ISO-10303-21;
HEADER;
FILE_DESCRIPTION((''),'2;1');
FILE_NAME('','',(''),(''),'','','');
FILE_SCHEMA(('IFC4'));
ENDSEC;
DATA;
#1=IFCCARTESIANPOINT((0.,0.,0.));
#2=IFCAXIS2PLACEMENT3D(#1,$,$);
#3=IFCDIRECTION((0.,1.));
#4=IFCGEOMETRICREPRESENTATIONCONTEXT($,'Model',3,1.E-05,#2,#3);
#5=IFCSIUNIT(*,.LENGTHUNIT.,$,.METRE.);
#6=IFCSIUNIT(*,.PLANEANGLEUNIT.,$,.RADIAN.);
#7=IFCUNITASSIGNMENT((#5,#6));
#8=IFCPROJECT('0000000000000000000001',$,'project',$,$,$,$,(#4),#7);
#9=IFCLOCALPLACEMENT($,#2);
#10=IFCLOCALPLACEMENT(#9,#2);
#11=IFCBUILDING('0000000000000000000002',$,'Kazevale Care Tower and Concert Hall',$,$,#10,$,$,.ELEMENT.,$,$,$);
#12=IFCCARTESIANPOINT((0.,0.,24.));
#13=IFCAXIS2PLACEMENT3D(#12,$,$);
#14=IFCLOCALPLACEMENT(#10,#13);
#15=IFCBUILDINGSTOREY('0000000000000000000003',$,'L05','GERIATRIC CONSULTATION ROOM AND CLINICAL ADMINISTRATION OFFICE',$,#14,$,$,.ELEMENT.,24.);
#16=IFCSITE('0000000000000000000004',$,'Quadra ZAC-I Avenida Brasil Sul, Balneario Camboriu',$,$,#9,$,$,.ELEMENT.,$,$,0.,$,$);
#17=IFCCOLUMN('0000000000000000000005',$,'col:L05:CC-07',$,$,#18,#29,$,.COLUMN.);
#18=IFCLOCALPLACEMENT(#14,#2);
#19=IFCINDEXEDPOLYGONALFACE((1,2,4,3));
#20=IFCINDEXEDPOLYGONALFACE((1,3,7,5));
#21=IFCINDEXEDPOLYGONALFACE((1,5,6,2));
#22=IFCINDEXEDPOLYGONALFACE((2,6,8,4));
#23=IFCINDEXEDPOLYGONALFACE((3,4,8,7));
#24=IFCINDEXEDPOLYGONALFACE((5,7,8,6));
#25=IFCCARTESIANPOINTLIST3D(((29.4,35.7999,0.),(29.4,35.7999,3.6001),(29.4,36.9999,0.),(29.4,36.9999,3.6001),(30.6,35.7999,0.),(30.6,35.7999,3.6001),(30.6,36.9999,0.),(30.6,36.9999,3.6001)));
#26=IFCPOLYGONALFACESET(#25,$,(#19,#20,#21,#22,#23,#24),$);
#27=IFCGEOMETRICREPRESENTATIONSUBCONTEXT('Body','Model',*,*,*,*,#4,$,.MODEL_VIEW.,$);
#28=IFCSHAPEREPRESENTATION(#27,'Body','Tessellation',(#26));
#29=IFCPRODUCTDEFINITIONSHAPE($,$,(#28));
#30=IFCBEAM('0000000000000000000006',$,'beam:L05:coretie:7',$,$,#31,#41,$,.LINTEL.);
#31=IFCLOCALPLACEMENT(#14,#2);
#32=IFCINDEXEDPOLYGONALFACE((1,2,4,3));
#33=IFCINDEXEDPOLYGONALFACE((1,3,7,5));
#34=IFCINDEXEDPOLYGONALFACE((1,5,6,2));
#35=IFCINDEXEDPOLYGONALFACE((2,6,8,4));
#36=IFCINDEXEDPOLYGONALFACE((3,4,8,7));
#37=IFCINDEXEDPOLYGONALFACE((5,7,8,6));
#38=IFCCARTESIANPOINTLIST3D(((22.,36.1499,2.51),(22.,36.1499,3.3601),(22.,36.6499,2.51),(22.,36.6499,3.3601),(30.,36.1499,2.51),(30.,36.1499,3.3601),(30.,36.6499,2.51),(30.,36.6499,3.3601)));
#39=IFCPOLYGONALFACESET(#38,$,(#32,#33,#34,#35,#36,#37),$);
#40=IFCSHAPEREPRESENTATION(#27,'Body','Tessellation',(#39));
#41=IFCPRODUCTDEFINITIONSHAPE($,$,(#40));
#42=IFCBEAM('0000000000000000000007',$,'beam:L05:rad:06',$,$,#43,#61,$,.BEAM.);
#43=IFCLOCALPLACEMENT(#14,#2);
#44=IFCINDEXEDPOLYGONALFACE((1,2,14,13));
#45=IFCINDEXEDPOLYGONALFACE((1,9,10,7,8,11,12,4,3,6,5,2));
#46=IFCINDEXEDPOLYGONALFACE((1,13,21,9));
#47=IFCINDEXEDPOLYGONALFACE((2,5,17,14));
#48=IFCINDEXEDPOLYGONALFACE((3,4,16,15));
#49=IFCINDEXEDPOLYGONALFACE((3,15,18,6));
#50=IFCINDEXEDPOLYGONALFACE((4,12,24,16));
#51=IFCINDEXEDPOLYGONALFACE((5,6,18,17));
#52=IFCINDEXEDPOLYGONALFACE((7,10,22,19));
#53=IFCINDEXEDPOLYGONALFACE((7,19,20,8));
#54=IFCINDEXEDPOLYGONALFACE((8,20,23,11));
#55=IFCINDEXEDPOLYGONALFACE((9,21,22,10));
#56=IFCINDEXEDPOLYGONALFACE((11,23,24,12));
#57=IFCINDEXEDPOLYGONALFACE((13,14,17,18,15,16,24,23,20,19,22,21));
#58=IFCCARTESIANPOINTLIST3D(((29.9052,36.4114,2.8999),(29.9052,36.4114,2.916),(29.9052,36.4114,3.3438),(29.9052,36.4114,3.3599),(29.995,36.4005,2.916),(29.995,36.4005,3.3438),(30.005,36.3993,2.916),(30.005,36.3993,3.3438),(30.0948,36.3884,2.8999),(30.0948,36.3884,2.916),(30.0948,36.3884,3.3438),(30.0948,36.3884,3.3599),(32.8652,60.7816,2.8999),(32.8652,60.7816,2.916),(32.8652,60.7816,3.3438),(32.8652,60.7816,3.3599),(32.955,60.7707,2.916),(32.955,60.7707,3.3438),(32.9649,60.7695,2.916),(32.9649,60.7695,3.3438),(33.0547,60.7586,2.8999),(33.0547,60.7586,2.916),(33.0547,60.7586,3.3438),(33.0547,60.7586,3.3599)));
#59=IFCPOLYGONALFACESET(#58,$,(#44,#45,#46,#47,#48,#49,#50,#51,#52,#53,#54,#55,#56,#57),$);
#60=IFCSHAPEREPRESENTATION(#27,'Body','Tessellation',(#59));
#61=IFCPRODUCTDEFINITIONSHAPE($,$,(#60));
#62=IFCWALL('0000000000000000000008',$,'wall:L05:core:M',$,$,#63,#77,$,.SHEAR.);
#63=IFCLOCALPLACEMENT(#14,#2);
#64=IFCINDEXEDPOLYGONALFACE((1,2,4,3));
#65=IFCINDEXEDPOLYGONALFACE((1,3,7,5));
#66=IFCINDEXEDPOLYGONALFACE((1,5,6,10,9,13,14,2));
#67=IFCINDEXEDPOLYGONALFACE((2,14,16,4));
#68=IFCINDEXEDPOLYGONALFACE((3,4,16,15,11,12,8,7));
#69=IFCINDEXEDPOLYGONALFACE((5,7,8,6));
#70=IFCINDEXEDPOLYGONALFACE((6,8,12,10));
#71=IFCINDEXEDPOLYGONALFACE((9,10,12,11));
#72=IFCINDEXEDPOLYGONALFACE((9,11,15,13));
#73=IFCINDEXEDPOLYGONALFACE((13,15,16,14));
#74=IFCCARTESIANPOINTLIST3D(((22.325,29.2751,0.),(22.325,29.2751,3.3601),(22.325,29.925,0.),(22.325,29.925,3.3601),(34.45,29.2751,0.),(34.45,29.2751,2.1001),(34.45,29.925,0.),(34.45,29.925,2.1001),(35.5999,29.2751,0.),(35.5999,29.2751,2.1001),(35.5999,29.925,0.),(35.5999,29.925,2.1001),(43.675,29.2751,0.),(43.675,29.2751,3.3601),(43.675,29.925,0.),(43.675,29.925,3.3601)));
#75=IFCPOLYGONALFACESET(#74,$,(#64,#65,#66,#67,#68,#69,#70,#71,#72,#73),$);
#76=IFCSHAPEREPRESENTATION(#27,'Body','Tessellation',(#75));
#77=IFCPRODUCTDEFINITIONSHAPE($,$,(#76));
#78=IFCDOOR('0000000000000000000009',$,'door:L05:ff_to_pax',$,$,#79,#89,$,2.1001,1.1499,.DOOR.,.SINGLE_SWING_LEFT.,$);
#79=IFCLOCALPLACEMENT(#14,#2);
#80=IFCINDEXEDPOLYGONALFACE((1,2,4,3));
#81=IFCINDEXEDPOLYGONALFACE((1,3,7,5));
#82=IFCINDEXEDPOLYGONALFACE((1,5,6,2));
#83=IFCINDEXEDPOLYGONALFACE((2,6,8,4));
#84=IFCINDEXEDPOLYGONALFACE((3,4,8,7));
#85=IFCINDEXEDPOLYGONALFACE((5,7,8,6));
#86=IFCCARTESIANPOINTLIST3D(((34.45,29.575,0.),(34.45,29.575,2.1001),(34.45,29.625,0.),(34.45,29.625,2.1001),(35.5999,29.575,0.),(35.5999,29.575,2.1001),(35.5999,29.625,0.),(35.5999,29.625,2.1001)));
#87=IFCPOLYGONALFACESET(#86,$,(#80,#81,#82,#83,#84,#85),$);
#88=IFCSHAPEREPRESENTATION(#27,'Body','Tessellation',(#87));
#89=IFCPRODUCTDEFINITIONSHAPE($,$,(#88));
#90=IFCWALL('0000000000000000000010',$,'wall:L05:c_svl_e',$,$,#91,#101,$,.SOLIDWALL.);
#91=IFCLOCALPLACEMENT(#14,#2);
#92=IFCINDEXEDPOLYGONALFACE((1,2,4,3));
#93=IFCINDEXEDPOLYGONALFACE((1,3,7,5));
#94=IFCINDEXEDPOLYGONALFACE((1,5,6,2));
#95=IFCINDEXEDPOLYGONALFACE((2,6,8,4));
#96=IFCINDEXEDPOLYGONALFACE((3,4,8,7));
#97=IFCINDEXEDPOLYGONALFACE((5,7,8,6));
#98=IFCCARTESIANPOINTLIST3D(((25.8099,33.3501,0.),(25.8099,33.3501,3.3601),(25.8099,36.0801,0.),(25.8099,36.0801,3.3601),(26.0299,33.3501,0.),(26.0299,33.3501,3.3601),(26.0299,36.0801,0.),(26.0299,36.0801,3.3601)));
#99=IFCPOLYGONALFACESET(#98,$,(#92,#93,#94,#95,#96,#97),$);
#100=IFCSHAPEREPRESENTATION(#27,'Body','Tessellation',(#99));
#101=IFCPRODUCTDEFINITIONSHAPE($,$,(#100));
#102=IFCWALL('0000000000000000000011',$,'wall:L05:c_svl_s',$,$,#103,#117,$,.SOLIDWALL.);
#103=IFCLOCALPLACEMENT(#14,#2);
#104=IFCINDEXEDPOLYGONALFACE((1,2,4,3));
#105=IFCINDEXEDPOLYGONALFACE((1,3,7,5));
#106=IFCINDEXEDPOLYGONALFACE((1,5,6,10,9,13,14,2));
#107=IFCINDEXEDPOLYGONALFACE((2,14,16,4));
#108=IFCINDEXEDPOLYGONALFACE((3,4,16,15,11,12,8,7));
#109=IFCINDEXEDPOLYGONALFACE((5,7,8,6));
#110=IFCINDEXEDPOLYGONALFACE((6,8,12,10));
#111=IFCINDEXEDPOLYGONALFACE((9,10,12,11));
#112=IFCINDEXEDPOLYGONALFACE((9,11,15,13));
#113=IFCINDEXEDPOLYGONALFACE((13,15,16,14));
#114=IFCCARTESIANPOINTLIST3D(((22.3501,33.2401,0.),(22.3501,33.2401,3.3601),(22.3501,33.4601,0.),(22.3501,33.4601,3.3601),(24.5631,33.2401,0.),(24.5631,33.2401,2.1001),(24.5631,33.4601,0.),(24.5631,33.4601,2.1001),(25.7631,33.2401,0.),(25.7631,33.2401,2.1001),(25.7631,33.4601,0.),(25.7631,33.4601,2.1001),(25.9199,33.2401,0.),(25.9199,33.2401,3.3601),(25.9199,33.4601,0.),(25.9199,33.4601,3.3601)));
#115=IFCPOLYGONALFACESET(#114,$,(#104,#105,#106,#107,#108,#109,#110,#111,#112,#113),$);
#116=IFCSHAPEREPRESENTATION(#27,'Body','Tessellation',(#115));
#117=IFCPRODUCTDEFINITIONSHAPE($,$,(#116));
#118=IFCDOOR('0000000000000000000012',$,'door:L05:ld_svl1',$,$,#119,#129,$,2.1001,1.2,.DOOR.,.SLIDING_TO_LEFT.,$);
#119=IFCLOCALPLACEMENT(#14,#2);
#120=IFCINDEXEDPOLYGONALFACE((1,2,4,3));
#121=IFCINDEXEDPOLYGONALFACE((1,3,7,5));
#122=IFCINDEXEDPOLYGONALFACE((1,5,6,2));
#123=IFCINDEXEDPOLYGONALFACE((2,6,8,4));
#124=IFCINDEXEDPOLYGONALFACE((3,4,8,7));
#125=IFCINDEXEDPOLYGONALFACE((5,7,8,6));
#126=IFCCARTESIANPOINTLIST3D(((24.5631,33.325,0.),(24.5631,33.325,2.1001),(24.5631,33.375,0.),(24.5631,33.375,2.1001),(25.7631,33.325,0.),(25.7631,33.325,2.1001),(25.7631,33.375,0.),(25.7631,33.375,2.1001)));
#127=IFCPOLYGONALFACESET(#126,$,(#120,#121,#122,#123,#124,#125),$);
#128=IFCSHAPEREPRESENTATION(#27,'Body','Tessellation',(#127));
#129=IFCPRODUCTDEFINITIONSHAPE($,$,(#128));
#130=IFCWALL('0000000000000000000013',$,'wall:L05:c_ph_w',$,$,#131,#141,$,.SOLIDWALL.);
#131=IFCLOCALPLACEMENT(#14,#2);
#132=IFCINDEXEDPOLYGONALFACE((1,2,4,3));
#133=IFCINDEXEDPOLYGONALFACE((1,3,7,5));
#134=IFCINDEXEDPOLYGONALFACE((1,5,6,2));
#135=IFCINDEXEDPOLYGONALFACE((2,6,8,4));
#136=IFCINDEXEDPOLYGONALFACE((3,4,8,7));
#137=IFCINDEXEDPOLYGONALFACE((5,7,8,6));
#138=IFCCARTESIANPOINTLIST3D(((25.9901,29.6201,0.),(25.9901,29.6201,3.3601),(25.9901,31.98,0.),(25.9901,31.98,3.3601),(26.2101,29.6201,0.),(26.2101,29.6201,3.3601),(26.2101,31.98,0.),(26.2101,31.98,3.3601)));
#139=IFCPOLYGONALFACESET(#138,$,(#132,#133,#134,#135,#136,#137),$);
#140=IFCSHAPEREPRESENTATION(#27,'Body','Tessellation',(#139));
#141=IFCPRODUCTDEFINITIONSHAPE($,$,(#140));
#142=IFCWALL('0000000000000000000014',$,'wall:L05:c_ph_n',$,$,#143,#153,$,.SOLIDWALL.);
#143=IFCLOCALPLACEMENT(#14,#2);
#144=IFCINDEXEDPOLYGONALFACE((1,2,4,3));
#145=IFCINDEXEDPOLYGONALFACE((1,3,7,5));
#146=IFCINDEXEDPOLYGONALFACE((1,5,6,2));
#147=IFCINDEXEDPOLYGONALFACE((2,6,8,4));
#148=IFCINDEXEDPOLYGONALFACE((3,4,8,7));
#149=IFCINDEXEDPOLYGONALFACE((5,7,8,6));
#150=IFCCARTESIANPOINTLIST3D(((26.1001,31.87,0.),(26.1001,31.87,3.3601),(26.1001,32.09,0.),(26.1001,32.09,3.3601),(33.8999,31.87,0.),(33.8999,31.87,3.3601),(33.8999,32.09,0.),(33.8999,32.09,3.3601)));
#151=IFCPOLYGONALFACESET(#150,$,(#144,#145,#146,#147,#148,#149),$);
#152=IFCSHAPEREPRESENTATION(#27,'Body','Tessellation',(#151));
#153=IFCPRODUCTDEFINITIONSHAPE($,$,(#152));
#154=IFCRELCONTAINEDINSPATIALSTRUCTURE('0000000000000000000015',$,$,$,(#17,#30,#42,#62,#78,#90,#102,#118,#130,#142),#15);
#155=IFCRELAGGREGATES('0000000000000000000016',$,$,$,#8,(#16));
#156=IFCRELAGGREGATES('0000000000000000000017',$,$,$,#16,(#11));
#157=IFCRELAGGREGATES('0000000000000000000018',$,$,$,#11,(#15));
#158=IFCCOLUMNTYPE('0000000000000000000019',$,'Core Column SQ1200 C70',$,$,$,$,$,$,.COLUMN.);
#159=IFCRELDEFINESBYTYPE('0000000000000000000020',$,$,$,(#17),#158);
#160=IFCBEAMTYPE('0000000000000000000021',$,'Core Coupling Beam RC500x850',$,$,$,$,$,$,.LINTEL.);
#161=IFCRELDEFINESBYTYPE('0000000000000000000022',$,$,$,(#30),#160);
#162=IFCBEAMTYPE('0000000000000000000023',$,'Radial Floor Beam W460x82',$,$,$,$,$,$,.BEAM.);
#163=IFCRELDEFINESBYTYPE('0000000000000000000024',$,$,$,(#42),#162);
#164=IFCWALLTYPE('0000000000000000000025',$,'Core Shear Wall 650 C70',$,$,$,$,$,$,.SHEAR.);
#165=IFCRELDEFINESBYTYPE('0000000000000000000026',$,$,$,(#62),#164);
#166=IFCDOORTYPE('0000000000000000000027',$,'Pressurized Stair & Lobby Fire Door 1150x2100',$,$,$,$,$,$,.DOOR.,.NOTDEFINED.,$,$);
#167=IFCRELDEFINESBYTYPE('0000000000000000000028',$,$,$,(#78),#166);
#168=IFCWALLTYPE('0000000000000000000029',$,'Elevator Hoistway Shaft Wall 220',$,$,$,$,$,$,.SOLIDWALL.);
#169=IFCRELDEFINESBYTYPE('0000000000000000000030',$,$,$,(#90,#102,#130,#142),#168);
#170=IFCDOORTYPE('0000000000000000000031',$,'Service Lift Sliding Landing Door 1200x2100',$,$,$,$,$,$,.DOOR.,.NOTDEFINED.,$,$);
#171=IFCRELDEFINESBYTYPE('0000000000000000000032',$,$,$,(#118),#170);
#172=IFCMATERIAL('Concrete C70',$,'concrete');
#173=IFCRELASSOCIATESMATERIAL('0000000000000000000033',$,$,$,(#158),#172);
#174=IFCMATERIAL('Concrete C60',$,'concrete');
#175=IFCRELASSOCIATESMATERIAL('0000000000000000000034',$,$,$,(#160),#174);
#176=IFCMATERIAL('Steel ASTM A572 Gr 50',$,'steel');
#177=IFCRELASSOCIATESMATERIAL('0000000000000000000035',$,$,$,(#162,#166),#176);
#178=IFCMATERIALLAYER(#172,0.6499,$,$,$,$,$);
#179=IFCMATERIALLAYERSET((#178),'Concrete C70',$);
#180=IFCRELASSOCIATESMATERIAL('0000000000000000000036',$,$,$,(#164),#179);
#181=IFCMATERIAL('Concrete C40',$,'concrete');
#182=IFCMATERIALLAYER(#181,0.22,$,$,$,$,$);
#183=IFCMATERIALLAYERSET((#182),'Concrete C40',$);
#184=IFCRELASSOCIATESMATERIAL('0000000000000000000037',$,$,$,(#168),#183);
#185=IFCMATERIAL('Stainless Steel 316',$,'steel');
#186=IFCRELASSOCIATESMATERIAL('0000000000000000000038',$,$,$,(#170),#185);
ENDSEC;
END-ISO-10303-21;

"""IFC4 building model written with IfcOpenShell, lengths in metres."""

from ifc_helpers import new_model, si_unit, direction, frame, frame_2d, origin, origin_2d, place, context, subcontext, project, spatial, rectangle, i_section, extrude, material, layer, layer_set, material_profile, profile_set, type_object, element, fill, save


model = new_model("IFC4")

# Units and contexts
model_context = context("Model", 3, precision=1e-05, world=origin(), true_north=direction((0.0, 1.0)))
body_context = subcontext(model_context, "Body", "Model", "MODEL_VIEW")
ifc_project = project(units=[si_unit("LENGTHUNIT", "METRE"), si_unit("PLANEANGLEUNIT", "RADIAN")], contexts=[model_context])

# Site, building, storey
site_placement = place(None, origin())
site = spatial("IfcSite", under=ifc_project, at=site_placement, Name="Quadra ZAC-I Avenida Brasil Sul, Balneario Camboriu", CompositionType="ELEMENT", RefElevation=0.0)
building_placement = place(site_placement, origin())
building = spatial("IfcBuilding", under=site, at=building_placement, Name="Kazevale Care Tower and Concert Hall", CompositionType="ELEMENT")
storey_placement = place(building_placement, frame((0.0, 0.0, 24.0)))
storey = spatial("IfcBuildingStorey", under=building, at=storey_placement, Name="L05", Description="GERIATRIC CONSULTATION ROOM AND CLINICAL ADMINISTRATION OFFICE", CompositionType="ELEMENT", Elevation=24.0)

# Column
ifc_material_1 = material(Name="Concrete C70", Category="concrete")
ifc_material_profile_1 = material_profile(ifc_material_1, rectangle(XDim=1.2, YDim=1.2, at=origin_2d()), Name="RC-SQ1200")
ifc_profile_set_1 = profile_set([ifc_material_profile_1], Name="Concrete C70")
column_type = type_object("IfcColumnType", Name="Core Column SQ1200 C70", PredefinedType="COLUMN", material=ifc_profile_set_1)
column_placement = place(storey_placement, frame((30.0, 36.3999, 0.0), z_axis=(0.0, 0.0, 1.0), x_axis=(1.0, 0.0, 0.0)))
element("IfcColumn", 1, at=column_placement, inside=storey, type_object=column_type, Name="col:L05:CC-07", PredefinedType="COLUMN", context=body_context, shape_type="SweptSolid", body=[
    extrude(rectangle(XDim=1.2, YDim=1.2, at=origin_2d()), origin(), (0.0, 0.0, 1.0), 3.6001),
])

# Beams
ifc_material_2 = material(Name="Concrete C60", Category="concrete")
ifc_material_profile_2 = material_profile(ifc_material_2, rectangle(XDim=0.5, YDim=0.8501, at=origin_2d()), Name="RC-B500x850")
ifc_profile_set_2 = profile_set([ifc_material_profile_2], Name="Concrete C60")
beam_type_1 = type_object("IfcBeamType", Name="Core Coupling Beam RC500x850", PredefinedType="LINTEL", material=ifc_profile_set_2)
beam_1_placement = place(storey_placement, frame((30.0, 36.3999, 2.9351), z_axis=(-1.0, 0.0, 0.0), x_axis=(0.0, -1.0, 0.0)))
element("IfcBeam", 2, at=beam_1_placement, inside=storey, type_object=beam_type_1, Name="beam:L05:coretie:7", PredefinedType="LINTEL", context=body_context, shape_type="SweptSolid", body=[
    extrude(rectangle(XDim=0.5, YDim=0.8501, at=origin_2d()), origin(), (0.0, 0.0, 1.0), 8.0),
])
ifc_material_3 = material(Name="Steel ASTM A572 Gr 50", Category="steel")
ifc_material_profile_3 = material_profile(ifc_material_3, i_section(OverallWidth=0.1909, OverallDepth=0.46, WebThickness=0.01, FlangeThickness=0.0161, at=origin_2d()), Name="W460x82")
ifc_profile_set_3 = profile_set([ifc_material_profile_3], Name="Steel ASTM A572 Gr 50")
beam_type_2 = type_object("IfcBeamType", Name="Radial Floor Beam W460x82", PredefinedType="BEAM", material=ifc_profile_set_3)
beam_2_placement = place(storey_placement, frame((30.0, 36.3999, 3.1299), z_axis=(0.120573, 0.992705, 0.0), x_axis=(-0.992705, 0.120573, 0.0)))
element("IfcBeam", 3, at=beam_2_placement, inside=storey, type_object=beam_type_2, Name="beam:L05:rad:06", PredefinedType="BEAM", context=body_context, shape_type="SweptSolid", body=[
    extrude(i_section(OverallWidth=0.1909, OverallDepth=0.46, WebThickness=0.01, FlangeThickness=0.0161, at=origin_2d()), origin(), (0.0, 0.0, 1.0), 24.5493),
])

# Wall, opening, door
ifc_layer_1 = layer(ifc_material_1, 0.6499)
ifc_layer_set_1 = layer_set([ifc_layer_1], Name="Concrete C70")
wall_type_1 = type_object("IfcWallType", Name="Core Shear Wall 650 C70", PredefinedType="SHEAR", material=ifc_layer_set_1)
wall_1_placement = place(storey_placement, frame((22.325, 29.6001, 0.0), z_axis=(0.0, 0.0, 1.0), x_axis=(1.0, 0.0, 0.0)))
wall_1 = element("IfcWall", 4, at=wall_1_placement, inside=storey, type_object=wall_type_1, Name="wall:L05:core:M", PredefinedType="SHEAR", context=body_context, shape_type="SweptSolid", body=[
    extrude(rectangle(XDim=21.3501, YDim=0.6499, at=frame_2d((10.675, 0.0))), origin(), (0.0, 0.0, 1.0), 3.3601),
])
opening_1_placement = place(wall_1_placement, frame((12.125, 0.0, 0.0)))
opening_1 = element("IfcOpeningElement", 5, at=opening_1_placement, cuts=wall_1, PredefinedType="OPENING", context=body_context, shape_type="SweptSolid", body=[
    extrude(rectangle(XDim=1.1499, YDim=2.1001, at=frame_2d((0.575, 1.05))), frame((0.0, 0.335, 0.0), z_axis=(0.0, -1.0, 0.0), x_axis=(1.0, 0.0, 0.0)), (0.0, 0.0, 1.0), 0.6699),
])
door_type_1 = type_object("IfcDoorType", Name="Pressurized Stair & Lobby Fire Door 1150x2100", OperationType="NOTDEFINED", PredefinedType="DOOR", material=ifc_material_3)
door_1_placement = place(opening_1_placement, origin())
door_1 = element("IfcDoor", 6, at=door_1_placement, inside=storey, type_object=door_type_1, Name="door:L05:ff_to_pax", OperationType="SINGLE_SWING_LEFT", OverallHeight=2.1001, OverallWidth=1.1499, PredefinedType="DOOR", context=body_context, shape_type="SweptSolid", body=[
    extrude(rectangle(XDim=1.1499, YDim=2.1001, at=frame_2d((0.575, 1.05))), frame((0.0, 0.0249, 0.0), z_axis=(0.0, -1.0, 0.0), x_axis=(1.0, 0.0, 0.0)), (0.0, 0.0, 1.0), 0.05),
])
fill(opening_1, door_1)

# Wall
ifc_material_4 = material(Name="Concrete C40", Category="concrete")
ifc_layer_2 = layer(ifc_material_4, 0.22)
ifc_layer_set_2 = layer_set([ifc_layer_2], Name="Concrete C40")
wall_type_2 = type_object("IfcWallType", Name="Elevator Hoistway Shaft Wall 220", PredefinedType="SOLIDWALL", material=ifc_layer_set_2)
wall_2_placement = place(storey_placement, frame((25.9199, 33.3501, 0.0), z_axis=(0.0, 0.0, 1.0), x_axis=(0.0, 1.0, 0.0)))
element("IfcWall", 7, at=wall_2_placement, inside=storey, type_object=wall_type_2, Name="wall:L05:c_svl_e", PredefinedType="SOLIDWALL", context=body_context, shape_type="SweptSolid", body=[
    extrude(rectangle(XDim=2.73, YDim=0.22, at=frame_2d((1.365, 0.0))), origin(), (0.0, 0.0, 1.0), 3.3601),
])

# Wall, opening, door
wall_3_placement = place(storey_placement, frame((22.3501, 33.3501, 0.0), z_axis=(0.0, 0.0, 1.0), x_axis=(1.0, 0.0, 0.0)))
wall_3 = element("IfcWall", 8, at=wall_3_placement, inside=storey, type_object=wall_type_2, Name="wall:L05:c_svl_s", PredefinedType="SOLIDWALL", context=body_context, shape_type="SweptSolid", body=[
    extrude(rectangle(XDim=3.5698, YDim=0.22, at=frame_2d((1.7849, 0.0))), origin(), (0.0, 0.0, 1.0), 3.3601),
])
opening_2_placement = place(wall_3_placement, frame((2.2129, 0.0, 0.0)))
opening_2 = element("IfcOpeningElement", 9, at=opening_2_placement, cuts=wall_3, PredefinedType="OPENING", context=body_context, shape_type="SweptSolid", body=[
    extrude(rectangle(XDim=1.2, YDim=2.1001, at=frame_2d((0.6001, 1.05))), frame((0.0, 0.1199, 0.0), z_axis=(0.0, -1.0, 0.0), x_axis=(1.0, 0.0, 0.0)), (0.0, 0.0, 1.0), 0.24),
])
ifc_material_5 = material(Name="Stainless Steel 316", Category="steel")
door_type_2 = type_object("IfcDoorType", Name="Service Lift Sliding Landing Door 1200x2100", OperationType="NOTDEFINED", PredefinedType="DOOR", material=ifc_material_5)
door_2_placement = place(opening_2_placement, origin())
door_2 = element("IfcDoor", 10, at=door_2_placement, inside=storey, type_object=door_type_2, Name="door:L05:ld_svl1", OperationType="SLIDING_TO_LEFT", OverallHeight=2.1001, OverallWidth=1.2, PredefinedType="DOOR", context=body_context, shape_type="SweptSolid", body=[
    extrude(rectangle(XDim=1.2, YDim=2.1001, at=frame_2d((0.6001, 1.05))), frame((0.0, 0.0249, 0.0), z_axis=(0.0, -1.0, 0.0), x_axis=(1.0, 0.0, 0.0)), (0.0, 0.0, 1.0), 0.05),
])
fill(opening_2, door_2)

# Walls
wall_4_placement = place(storey_placement, frame((26.1001, 29.6201, 0.0), z_axis=(0.0, 0.0, 1.0), x_axis=(0.0, 1.0, 0.0)))
element("IfcWall", 11, at=wall_4_placement, inside=storey, type_object=wall_type_2, Name="wall:L05:c_ph_w", PredefinedType="SOLIDWALL", context=body_context, shape_type="SweptSolid", body=[
    extrude(rectangle(XDim=2.3599, YDim=0.22, at=frame_2d((1.1799, 0.0))), origin(), (0.0, 0.0, 1.0), 3.3601),
])
wall_5_placement = place(storey_placement, frame((26.1001, 31.98, 0.0), z_axis=(0.0, 0.0, 1.0), x_axis=(1.0, 0.0, 0.0)))
element("IfcWall", 12, at=wall_5_placement, inside=storey, type_object=wall_type_2, Name="wall:L05:c_ph_n", PredefinedType="SOLIDWALL", context=body_context, shape_type="SweptSolid", body=[
    extrude(rectangle(XDim=7.7998, YDim=0.22, at=frame_2d((3.8999, 0.0))), origin(), (0.0, 0.0, 1.0), 3.3601),
])

save(model, "model.ifc")
